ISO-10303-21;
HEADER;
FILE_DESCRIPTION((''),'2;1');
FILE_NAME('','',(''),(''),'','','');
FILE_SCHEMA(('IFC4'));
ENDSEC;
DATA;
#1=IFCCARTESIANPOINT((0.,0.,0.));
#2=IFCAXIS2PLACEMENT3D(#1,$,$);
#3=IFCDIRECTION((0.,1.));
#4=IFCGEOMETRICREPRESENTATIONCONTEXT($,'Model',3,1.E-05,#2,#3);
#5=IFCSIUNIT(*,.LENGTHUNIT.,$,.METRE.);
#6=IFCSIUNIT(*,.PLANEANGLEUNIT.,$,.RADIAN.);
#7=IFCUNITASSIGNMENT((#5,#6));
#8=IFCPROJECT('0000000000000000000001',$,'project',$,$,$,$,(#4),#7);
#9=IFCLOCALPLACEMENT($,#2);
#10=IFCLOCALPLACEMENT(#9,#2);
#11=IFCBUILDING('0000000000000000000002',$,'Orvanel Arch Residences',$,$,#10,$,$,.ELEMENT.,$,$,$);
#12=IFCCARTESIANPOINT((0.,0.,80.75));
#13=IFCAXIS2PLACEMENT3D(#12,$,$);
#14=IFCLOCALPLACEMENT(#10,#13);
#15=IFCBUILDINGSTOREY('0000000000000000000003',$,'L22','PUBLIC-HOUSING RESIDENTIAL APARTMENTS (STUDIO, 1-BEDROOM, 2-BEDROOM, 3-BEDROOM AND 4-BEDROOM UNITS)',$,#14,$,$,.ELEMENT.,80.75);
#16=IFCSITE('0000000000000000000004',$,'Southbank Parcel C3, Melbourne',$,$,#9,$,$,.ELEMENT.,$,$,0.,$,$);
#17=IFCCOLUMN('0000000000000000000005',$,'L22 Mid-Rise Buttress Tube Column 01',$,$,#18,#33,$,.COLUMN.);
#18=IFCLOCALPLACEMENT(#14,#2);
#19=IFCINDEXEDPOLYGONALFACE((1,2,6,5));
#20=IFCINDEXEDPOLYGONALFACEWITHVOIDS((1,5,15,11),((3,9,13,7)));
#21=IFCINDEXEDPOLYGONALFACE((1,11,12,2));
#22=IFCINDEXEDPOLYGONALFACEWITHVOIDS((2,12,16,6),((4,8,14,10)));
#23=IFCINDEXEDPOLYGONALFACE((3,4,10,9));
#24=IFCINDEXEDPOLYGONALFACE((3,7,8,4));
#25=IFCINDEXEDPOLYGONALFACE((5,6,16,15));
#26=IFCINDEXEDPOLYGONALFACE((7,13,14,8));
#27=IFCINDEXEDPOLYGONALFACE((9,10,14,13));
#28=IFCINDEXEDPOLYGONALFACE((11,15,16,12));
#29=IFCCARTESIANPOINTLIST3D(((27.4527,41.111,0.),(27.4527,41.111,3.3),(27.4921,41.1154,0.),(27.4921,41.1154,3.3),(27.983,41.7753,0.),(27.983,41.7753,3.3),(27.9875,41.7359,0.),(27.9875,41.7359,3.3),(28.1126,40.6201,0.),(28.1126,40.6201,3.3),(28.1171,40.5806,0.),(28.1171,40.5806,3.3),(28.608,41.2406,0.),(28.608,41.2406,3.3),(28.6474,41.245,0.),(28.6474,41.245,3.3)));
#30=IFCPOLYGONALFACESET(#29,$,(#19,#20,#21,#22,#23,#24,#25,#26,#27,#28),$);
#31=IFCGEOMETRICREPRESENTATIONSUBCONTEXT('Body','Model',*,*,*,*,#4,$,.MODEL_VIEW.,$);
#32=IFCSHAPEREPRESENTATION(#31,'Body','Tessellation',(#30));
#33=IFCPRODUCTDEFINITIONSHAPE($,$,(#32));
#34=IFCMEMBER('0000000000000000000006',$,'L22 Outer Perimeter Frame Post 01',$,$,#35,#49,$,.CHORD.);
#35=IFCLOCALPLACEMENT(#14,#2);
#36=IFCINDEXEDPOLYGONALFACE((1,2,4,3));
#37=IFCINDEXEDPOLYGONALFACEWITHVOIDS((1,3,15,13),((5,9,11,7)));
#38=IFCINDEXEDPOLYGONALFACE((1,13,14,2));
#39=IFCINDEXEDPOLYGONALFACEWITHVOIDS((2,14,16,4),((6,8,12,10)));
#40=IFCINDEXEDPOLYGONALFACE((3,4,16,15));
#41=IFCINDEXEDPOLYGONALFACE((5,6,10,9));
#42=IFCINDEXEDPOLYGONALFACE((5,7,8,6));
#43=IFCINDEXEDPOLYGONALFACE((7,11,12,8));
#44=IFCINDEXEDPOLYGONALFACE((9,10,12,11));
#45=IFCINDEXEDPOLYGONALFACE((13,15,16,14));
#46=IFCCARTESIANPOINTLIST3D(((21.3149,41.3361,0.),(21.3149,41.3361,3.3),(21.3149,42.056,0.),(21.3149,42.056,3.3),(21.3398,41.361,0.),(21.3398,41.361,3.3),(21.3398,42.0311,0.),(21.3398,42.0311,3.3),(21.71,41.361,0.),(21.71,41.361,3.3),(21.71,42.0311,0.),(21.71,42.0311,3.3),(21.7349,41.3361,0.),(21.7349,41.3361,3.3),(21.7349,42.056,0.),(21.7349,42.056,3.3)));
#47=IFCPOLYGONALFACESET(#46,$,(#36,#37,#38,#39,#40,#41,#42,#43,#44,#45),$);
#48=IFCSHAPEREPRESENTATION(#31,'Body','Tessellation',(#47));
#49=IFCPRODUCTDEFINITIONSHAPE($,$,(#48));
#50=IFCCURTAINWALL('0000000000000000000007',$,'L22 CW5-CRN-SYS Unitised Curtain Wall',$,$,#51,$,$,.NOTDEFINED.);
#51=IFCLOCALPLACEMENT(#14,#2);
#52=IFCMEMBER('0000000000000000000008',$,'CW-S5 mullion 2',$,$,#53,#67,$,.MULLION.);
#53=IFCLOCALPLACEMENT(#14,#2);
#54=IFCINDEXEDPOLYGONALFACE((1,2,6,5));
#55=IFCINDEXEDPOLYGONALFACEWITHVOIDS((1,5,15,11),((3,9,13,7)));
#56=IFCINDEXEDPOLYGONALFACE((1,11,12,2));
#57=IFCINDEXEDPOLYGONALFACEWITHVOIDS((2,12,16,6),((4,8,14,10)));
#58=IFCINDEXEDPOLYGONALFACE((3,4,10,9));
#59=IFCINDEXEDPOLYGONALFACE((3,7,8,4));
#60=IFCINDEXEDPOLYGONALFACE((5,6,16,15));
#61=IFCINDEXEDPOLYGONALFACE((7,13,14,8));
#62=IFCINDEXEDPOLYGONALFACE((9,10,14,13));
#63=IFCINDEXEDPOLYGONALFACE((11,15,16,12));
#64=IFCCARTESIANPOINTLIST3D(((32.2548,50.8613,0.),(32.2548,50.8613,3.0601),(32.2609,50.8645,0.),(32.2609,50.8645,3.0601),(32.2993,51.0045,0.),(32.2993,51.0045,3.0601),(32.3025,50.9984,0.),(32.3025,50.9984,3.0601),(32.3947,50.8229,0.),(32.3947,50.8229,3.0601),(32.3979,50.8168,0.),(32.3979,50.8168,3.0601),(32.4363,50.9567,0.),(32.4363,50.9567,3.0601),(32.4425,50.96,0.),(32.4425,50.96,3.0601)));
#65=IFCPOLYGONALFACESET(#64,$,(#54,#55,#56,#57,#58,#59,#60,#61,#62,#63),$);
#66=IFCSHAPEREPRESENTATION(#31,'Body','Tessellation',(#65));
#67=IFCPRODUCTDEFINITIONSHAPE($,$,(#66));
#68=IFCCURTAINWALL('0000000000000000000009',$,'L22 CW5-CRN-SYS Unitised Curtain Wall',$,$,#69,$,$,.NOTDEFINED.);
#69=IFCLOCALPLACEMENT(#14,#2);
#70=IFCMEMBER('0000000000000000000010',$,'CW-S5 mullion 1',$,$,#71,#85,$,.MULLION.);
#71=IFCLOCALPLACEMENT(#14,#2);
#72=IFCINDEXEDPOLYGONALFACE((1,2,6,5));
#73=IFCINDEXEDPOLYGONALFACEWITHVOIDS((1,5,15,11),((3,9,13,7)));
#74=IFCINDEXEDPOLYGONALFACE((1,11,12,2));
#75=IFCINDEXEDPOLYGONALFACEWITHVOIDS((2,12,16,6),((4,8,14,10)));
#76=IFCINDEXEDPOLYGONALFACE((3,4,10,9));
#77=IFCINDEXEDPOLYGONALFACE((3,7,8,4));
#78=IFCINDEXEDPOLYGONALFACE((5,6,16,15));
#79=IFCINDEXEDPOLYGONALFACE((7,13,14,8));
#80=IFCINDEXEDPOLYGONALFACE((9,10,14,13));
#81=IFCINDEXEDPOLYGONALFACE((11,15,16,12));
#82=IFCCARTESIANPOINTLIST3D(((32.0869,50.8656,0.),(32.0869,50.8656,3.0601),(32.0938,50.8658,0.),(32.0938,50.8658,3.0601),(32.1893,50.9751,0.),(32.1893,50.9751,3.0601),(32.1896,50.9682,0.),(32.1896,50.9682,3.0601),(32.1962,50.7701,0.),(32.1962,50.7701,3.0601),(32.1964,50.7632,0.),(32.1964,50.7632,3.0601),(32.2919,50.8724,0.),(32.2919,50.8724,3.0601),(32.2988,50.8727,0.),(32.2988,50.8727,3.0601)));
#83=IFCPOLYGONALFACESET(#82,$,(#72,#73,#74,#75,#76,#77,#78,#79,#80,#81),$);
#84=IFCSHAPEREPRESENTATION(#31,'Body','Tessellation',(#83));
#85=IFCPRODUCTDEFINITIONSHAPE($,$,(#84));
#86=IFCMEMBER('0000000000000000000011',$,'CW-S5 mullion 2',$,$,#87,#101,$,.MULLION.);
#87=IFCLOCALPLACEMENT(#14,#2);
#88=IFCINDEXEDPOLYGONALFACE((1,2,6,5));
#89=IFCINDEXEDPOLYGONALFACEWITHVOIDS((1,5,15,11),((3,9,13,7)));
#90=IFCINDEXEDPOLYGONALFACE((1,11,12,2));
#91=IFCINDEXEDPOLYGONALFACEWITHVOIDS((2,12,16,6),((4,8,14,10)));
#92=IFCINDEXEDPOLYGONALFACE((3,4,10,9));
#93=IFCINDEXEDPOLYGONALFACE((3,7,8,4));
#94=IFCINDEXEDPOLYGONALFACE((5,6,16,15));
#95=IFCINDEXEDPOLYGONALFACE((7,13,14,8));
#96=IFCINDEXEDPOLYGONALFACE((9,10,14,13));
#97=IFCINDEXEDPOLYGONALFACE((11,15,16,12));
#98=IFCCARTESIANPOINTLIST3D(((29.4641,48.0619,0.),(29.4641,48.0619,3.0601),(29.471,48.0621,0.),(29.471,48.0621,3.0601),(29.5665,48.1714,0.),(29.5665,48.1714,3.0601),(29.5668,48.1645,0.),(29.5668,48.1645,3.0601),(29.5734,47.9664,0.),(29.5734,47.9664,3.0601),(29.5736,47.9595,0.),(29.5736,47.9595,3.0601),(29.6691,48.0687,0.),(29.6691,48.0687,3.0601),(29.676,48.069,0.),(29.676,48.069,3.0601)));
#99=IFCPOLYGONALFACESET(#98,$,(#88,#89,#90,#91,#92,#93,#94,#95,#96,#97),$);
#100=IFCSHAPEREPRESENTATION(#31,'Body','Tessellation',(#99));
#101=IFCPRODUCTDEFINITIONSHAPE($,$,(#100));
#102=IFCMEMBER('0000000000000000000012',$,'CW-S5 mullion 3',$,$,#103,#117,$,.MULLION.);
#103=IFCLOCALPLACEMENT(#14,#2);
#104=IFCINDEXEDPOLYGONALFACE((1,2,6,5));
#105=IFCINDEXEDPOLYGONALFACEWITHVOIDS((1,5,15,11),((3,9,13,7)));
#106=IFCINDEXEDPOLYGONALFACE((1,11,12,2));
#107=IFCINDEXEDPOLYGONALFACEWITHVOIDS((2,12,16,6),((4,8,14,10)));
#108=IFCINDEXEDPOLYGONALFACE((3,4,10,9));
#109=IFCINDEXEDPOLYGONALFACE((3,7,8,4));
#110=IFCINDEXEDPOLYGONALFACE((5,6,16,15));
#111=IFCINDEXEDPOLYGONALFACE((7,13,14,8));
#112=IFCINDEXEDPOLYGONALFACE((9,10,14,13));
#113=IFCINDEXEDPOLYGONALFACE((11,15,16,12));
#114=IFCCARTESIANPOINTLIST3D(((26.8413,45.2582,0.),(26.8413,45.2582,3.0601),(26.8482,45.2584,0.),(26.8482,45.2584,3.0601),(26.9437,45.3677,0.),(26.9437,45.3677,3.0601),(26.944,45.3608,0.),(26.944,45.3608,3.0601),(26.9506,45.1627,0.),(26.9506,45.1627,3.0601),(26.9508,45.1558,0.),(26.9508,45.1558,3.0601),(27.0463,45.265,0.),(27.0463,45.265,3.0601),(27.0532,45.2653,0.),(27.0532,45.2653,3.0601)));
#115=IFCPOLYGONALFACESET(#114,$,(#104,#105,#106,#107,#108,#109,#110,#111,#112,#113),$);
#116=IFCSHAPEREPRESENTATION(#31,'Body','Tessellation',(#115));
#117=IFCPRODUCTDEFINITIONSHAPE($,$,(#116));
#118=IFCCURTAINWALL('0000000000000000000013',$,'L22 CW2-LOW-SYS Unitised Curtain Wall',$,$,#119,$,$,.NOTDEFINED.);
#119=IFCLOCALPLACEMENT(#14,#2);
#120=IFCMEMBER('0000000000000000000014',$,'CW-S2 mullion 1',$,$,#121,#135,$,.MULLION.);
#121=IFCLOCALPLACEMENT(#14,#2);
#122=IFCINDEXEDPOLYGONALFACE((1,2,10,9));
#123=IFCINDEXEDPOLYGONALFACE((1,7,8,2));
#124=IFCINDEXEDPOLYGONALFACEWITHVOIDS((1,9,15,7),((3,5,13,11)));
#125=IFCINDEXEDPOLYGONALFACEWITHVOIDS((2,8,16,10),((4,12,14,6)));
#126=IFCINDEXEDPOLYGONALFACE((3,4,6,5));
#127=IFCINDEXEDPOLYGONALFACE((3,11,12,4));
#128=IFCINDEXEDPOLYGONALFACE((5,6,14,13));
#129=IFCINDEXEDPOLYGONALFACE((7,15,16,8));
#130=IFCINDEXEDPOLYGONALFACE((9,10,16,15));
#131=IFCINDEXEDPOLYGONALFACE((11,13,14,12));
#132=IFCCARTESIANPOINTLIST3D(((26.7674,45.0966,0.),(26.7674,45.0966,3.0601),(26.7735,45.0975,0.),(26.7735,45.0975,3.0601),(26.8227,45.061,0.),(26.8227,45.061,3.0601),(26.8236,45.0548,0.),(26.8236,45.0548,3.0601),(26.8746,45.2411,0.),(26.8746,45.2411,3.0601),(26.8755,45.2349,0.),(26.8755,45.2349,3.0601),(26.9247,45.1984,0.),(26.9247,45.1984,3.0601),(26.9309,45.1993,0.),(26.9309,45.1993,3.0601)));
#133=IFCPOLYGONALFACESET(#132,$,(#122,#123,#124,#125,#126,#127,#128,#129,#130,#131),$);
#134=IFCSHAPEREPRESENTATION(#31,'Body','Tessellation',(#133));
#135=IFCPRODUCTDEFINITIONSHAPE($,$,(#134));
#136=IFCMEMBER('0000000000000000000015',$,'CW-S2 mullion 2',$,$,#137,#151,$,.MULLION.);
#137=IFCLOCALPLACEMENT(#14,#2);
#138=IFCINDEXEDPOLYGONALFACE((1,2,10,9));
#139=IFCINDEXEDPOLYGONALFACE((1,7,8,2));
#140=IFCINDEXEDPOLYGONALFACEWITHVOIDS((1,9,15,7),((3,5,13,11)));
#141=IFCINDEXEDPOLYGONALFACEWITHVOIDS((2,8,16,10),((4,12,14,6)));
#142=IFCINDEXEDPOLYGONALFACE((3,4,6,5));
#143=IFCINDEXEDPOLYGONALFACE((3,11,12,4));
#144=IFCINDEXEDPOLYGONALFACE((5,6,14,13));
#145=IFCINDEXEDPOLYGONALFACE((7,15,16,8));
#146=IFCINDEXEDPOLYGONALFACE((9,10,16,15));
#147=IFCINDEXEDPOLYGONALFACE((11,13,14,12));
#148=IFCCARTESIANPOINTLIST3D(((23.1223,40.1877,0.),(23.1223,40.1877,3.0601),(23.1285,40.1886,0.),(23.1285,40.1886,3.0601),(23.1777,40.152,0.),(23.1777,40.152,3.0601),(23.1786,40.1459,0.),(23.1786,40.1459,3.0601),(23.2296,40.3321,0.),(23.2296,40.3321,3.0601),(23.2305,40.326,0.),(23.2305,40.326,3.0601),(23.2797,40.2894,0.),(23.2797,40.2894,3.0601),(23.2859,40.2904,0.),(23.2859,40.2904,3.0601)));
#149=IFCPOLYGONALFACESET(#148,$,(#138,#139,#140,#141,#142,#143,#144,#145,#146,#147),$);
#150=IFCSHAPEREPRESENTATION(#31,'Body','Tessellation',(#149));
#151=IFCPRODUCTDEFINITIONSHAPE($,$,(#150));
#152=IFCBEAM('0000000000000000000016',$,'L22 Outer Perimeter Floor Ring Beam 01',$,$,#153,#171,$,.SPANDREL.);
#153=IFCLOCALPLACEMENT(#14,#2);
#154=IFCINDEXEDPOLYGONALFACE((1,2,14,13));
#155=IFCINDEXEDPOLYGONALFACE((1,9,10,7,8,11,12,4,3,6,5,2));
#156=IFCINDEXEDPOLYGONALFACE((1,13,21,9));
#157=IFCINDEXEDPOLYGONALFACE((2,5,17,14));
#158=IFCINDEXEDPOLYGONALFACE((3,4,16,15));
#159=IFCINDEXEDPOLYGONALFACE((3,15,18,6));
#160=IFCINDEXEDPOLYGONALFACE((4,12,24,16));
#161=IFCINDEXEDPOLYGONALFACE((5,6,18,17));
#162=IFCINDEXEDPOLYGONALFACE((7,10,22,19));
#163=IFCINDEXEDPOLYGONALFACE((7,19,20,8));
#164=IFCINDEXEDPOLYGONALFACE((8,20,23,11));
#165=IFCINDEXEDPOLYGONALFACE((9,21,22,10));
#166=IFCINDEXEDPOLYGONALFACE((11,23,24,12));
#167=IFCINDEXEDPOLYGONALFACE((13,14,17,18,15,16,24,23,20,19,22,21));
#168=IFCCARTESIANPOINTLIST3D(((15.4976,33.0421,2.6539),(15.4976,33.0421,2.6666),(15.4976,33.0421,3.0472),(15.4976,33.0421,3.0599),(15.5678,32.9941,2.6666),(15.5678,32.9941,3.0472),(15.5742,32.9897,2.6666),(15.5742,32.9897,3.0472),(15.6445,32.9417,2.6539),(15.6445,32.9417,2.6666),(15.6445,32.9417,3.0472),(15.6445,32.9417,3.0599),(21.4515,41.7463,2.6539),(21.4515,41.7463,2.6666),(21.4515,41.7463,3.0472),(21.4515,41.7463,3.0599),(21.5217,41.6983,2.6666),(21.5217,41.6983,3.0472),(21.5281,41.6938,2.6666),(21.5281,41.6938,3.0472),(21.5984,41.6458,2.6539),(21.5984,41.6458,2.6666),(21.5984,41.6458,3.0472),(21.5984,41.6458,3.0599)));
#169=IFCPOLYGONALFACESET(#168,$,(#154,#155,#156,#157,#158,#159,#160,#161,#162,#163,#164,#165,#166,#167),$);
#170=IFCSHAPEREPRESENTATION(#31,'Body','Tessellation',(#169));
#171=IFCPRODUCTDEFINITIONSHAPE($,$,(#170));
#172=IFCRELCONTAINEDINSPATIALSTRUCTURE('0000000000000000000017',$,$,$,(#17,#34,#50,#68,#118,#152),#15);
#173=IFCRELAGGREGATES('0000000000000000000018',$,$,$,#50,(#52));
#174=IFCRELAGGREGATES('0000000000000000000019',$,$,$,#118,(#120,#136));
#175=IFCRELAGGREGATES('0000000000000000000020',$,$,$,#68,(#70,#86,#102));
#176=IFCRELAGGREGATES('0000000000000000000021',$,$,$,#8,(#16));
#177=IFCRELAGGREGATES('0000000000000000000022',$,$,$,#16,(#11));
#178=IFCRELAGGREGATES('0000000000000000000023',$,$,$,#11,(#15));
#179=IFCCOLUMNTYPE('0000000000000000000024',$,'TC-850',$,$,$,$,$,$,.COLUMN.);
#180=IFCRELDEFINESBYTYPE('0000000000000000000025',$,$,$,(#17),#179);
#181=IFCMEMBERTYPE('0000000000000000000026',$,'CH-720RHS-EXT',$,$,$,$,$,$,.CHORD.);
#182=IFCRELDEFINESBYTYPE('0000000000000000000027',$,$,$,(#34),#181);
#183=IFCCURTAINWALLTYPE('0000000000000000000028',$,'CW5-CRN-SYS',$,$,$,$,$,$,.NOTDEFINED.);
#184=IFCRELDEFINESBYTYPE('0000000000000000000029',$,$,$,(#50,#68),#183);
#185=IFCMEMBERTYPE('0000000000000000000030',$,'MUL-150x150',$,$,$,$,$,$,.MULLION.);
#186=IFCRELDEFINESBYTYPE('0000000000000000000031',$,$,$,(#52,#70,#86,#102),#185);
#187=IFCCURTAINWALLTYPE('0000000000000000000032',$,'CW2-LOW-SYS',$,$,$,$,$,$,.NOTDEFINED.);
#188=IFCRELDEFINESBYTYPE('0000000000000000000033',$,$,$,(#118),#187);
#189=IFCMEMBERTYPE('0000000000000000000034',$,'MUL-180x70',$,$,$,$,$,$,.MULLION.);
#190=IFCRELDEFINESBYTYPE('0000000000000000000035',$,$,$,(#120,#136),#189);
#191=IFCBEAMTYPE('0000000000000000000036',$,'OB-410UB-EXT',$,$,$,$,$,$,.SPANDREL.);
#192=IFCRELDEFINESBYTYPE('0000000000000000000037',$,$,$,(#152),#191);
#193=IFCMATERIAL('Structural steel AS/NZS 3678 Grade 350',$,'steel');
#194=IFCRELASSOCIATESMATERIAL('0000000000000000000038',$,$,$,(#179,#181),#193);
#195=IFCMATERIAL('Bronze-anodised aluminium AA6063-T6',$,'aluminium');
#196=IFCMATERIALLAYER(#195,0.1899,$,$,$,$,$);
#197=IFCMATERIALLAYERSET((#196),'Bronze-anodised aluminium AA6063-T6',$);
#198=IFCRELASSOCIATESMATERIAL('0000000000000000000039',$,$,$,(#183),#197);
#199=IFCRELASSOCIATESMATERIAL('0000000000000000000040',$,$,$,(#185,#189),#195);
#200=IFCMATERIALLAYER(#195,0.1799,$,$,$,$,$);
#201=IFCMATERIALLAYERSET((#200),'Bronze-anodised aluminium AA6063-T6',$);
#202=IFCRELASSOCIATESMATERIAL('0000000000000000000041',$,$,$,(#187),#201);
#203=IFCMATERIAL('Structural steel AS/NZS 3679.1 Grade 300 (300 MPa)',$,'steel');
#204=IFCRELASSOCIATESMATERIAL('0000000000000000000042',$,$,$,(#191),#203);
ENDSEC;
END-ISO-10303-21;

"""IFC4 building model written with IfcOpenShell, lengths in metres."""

from ifc_helpers import new_model, si_unit, direction, frame, origin, origin_2d, place, context, subcontext, project, spatial, hollow_rectangle, i_section, extrude, material, layer, layer_set, material_profile, profile_set, type_object, element, aggregate, save


model = new_model("IFC4")

# Units and contexts
model_context = context("Model", 3, precision=1e-05, world=origin(), true_north=direction((0.0, 1.0)))
body_context = subcontext(model_context, "Body", "Model", "MODEL_VIEW")
ifc_project = project(units=[si_unit("LENGTHUNIT", "METRE"), si_unit("PLANEANGLEUNIT", "RADIAN")], contexts=[model_context])

# Site, building, storey
site_placement = place(None, origin())
site = spatial("IfcSite", under=ifc_project, at=site_placement, Name="Southbank Parcel C3, Melbourne", CompositionType="ELEMENT", RefElevation=0.0)
building_placement = place(site_placement, origin())
building = spatial("IfcBuilding", under=site, at=building_placement, Name="Orvanel Arch Residences", CompositionType="ELEMENT")
storey_placement = place(building_placement, frame((0.0, 0.0, 80.75)))
storey = spatial("IfcBuildingStorey", under=building, at=storey_placement, Name="L22", Description="PUBLIC-HOUSING RESIDENTIAL APARTMENTS (STUDIO, 1-BEDROOM, 2-BEDROOM, 3-BEDROOM AND 4-BEDROOM UNITS)", CompositionType="ELEMENT", Elevation=80.75)

# Column
ifc_material_1 = material(Name="Structural steel AS/NZS 3678 Grade 350", Category="steel")
ifc_material_profile_1 = material_profile(ifc_material_1, hollow_rectangle(XDim=0.8501, YDim=0.8501, WallThickness=0.0281, at=origin_2d()), Name="BOX850x850x28")
ifc_profile_set_1 = profile_set([ifc_material_profile_1], Name="Structural steel AS/NZS 3678 Grade 350")
column_type = type_object("IfcColumnType", Name="TC-850", PredefinedType="COLUMN", material=ifc_profile_set_1)
column_placement = place(storey_placement, frame((28.05, 41.178, 0.0), z_axis=(0.0, 0.0, 1.0), x_axis=(0.62388, 0.78152, 0.0)))
element("IfcColumn", 1, at=column_placement, inside=storey, type_object=column_type, Name="L22 Mid-Rise Buttress Tube Column 01", PredefinedType="COLUMN", context=body_context, shape_type="SweptSolid", body=[
    extrude(hollow_rectangle(XDim=0.8501, YDim=0.8501, WallThickness=0.0281, at=origin_2d()), origin(), (0.0, 0.0, 1.0), 3.3),
])

# Member
ifc_material_profile_2 = material_profile(ifc_material_1, hollow_rectangle(XDim=0.4199, YDim=0.72, WallThickness=0.0249, at=origin_2d()), Name="RHS720x420x25")
ifc_profile_set_2 = profile_set([ifc_material_profile_2], Name="Structural steel AS/NZS 3678 Grade 350")
member_type_1 = type_object("IfcMemberType", Name="CH-720RHS-EXT", PredefinedType="CHORD", material=ifc_profile_set_2)
member_1_placement = place(storey_placement, frame((21.5249, 41.696, 0.0), z_axis=(0.0, 0.0, 1.0), x_axis=(1.0, 0.0, 0.0)))
element("IfcMember", 2, at=member_1_placement, inside=storey, type_object=member_type_1, Name="L22 Outer Perimeter Frame Post 01", PredefinedType="CHORD", context=body_context, shape_type="SweptSolid", body=[
    extrude(hollow_rectangle(XDim=0.4199, YDim=0.72, WallThickness=0.0249, at=origin_2d()), origin(), (0.0, 0.0, 1.0), 3.3),
])

# Curtain wall, member
ifc_material_2 = material(Name="Bronze-anodised aluminium AA6063-T6", Category="aluminium")
ifc_layer_1 = layer(ifc_material_2, 0.1899)
ifc_layer_set_1 = layer_set([ifc_layer_1], Name="Bronze-anodised aluminium AA6063-T6")
curtain_wall_type_1 = type_object("IfcCurtainWallType", Name="CW5-CRN-SYS", PredefinedType="NOTDEFINED", material=ifc_layer_set_1)
curtain_wall_1_placement = place(storey_placement, origin())
curtain_wall_1 = element("IfcCurtainWall", 3, at=curtain_wall_1_placement, inside=storey, type_object=curtain_wall_type_1, Name="L22 CW5-CRN-SYS Unitised Curtain Wall", PredefinedType="NOTDEFINED")
ifc_material_profile_3 = material_profile(ifc_material_2, hollow_rectangle(XDim=0.1499, YDim=0.1499, WallThickness=0.0049, at=origin_2d()), Name="ALU150x150x5")
ifc_profile_set_3 = profile_set([ifc_material_profile_3], Name="Bronze-anodised aluminium AA6063-T6")
member_type_2 = type_object("IfcMemberType", Name="MUL-150x150", PredefinedType="MULLION", material=ifc_profile_set_3)
member_2_placement = place(storey_placement, frame((32.3486, 50.9106, 0.0), z_axis=(0.0, 0.0, 1.0), x_axis=(-0.296994, -0.954879, 0.0)))
member_2 = element("IfcMember", 4, at=member_2_placement, type_object=member_type_2, Name="CW-S5 mullion 2", PredefinedType="MULLION", context=body_context, shape_type="SweptSolid", body=[
    extrude(hollow_rectangle(XDim=0.1499, YDim=0.1499, WallThickness=0.0049, at=origin_2d()), origin(), (0.0, 0.0, 1.0), 3.0601),
])
aggregate(curtain_wall_1, [member_2])

# Curtain walls, members
curtain_wall_2_placement = place(storey_placement, origin())
curtain_wall_2 = element("IfcCurtainWall", 5, at=curtain_wall_2_placement, inside=storey, type_object=curtain_wall_type_1, Name="L22 CW5-CRN-SYS Unitised Curtain Wall", PredefinedType="NOTDEFINED")
member_3_placement = place(storey_placement, frame((32.1929, 50.8691, 0.0), z_axis=(0.0, 0.0, 1.0), x_axis=(0.730282, -0.683146, 0.0)))
member_3 = element("IfcMember", 6, at=member_3_placement, type_object=member_type_2, Name="CW-S5 mullion 1", PredefinedType="MULLION", context=body_context, shape_type="SweptSolid", body=[
    extrude(hollow_rectangle(XDim=0.1499, YDim=0.1499, WallThickness=0.0049, at=origin_2d()), origin(), (0.0, 0.0, 1.0), 3.0601),
])
member_4_placement = place(storey_placement, frame((29.5701, 48.0654, 0.0), z_axis=(0.0, 0.0, 1.0), x_axis=(0.730282, -0.683146, 0.0)))
member_4 = element("IfcMember", 7, at=member_4_placement, type_object=member_type_2, Name="CW-S5 mullion 2", PredefinedType="MULLION", context=body_context, shape_type="SweptSolid", body=[
    extrude(hollow_rectangle(XDim=0.1499, YDim=0.1499, WallThickness=0.0049, at=origin_2d()), origin(), (0.0, 0.0, 1.0), 3.0601),
])
member_5_placement = place(storey_placement, frame((26.9473, 45.2617, 0.0), z_axis=(0.0, 0.0, 1.0), x_axis=(0.730282, -0.683146, 0.0)))
member_5 = element("IfcMember", 8, at=member_5_placement, type_object=member_type_2, Name="CW-S5 mullion 3", PredefinedType="MULLION", context=body_context, shape_type="SweptSolid", body=[
    extrude(hollow_rectangle(XDim=0.1499, YDim=0.1499, WallThickness=0.0049, at=origin_2d()), origin(), (0.0, 0.0, 1.0), 3.0601),
])
ifc_layer_2 = layer(ifc_material_2, 0.1799)
ifc_layer_set_2 = layer_set([ifc_layer_2], Name="Bronze-anodised aluminium AA6063-T6")
curtain_wall_type_2 = type_object("IfcCurtainWallType", Name="CW2-LOW-SYS", PredefinedType="NOTDEFINED", material=ifc_layer_set_2)
curtain_wall_3_placement = place(storey_placement, origin())
curtain_wall_3 = element("IfcCurtainWall", 9, at=curtain_wall_3_placement, inside=storey, type_object=curtain_wall_type_2, Name="L22 CW2-LOW-SYS Unitised Curtain Wall", PredefinedType="NOTDEFINED")
ifc_material_profile_4 = material_profile(ifc_material_2, hollow_rectangle(XDim=0.0701, YDim=0.1799, WallThickness=0.0044, at=origin_2d()), Name="ALU180x70x4.5")
ifc_profile_set_4 = profile_set([ifc_material_profile_4], Name="Bronze-anodised aluminium AA6063-T6")
member_type_3 = type_object("IfcMemberType", Name="MUL-180x70", PredefinedType="MULLION", material=ifc_profile_set_4)
member_6_placement = place(storey_placement, frame((26.8491, 45.1479, 0.0), z_axis=(0.0, 0.0, 1.0), x_axis=(0.802859, -0.596168, 0.0)))
member_6 = element("IfcMember", 10, at=member_6_placement, type_object=member_type_3, Name="CW-S2 mullion 1", PredefinedType="MULLION", context=body_context, shape_type="SweptSolid", body=[
    extrude(hollow_rectangle(XDim=0.0701, YDim=0.1799, WallThickness=0.0044, at=origin_2d()), origin(), (0.0, 0.0, 1.0), 3.0601),
])
member_7_placement = place(storey_placement, frame((23.2041, 40.239, 0.0), z_axis=(0.0, 0.0, 1.0), x_axis=(0.802859, -0.596168, 0.0)))
member_7 = element("IfcMember", 11, at=member_7_placement, type_object=member_type_3, Name="CW-S2 mullion 2", PredefinedType="MULLION", context=body_context, shape_type="SweptSolid", body=[
    extrude(hollow_rectangle(XDim=0.0701, YDim=0.1799, WallThickness=0.0044, at=origin_2d()), origin(), (0.0, 0.0, 1.0), 3.0601),
])

# Beam
ifc_material_3 = material(Name="Structural steel AS/NZS 3679.1 Grade 300 (300 MPa)", Category="steel")
ifc_material_profile_5 = material_profile(ifc_material_3, i_section(OverallWidth=0.178, OverallDepth=0.406, WebThickness=0.0078, FlangeThickness=0.0127, at=origin_2d()), Name="410UB59.7")
ifc_profile_set_5 = profile_set([ifc_material_profile_5], Name="Structural steel AS/NZS 3679.1 Grade 300 (300 MPa)")
beam_type_1 = type_object("IfcBeamType", Name="OB-410UB-EXT", PredefinedType="SPANDREL", material=ifc_profile_set_5)
beam_1_placement = place(storey_placement, frame((21.5249, 41.696, 2.8569), z_axis=(-0.564582, -0.825377, 0.0), x_axis=(0.825377, -0.564582, 0.0)))
element("IfcBeam", 12, at=beam_1_placement, inside=storey, type_object=beam_type_1, Name="L22 Outer Perimeter Floor Ring Beam 01", PredefinedType="SPANDREL", context=body_context, shape_type="SweptSolid", body=[
    extrude(i_section(OverallWidth=0.178, OverallDepth=0.406, WebThickness=0.0078, FlangeThickness=0.0127, at=origin_2d()), origin(), (0.0, 0.0, 1.0), 10.5457),
])

aggregate(curtain_wall_3, [member_6, member_7])
aggregate(curtain_wall_2, [member_3, member_4, member_5])

save(model, "model.ifc")
